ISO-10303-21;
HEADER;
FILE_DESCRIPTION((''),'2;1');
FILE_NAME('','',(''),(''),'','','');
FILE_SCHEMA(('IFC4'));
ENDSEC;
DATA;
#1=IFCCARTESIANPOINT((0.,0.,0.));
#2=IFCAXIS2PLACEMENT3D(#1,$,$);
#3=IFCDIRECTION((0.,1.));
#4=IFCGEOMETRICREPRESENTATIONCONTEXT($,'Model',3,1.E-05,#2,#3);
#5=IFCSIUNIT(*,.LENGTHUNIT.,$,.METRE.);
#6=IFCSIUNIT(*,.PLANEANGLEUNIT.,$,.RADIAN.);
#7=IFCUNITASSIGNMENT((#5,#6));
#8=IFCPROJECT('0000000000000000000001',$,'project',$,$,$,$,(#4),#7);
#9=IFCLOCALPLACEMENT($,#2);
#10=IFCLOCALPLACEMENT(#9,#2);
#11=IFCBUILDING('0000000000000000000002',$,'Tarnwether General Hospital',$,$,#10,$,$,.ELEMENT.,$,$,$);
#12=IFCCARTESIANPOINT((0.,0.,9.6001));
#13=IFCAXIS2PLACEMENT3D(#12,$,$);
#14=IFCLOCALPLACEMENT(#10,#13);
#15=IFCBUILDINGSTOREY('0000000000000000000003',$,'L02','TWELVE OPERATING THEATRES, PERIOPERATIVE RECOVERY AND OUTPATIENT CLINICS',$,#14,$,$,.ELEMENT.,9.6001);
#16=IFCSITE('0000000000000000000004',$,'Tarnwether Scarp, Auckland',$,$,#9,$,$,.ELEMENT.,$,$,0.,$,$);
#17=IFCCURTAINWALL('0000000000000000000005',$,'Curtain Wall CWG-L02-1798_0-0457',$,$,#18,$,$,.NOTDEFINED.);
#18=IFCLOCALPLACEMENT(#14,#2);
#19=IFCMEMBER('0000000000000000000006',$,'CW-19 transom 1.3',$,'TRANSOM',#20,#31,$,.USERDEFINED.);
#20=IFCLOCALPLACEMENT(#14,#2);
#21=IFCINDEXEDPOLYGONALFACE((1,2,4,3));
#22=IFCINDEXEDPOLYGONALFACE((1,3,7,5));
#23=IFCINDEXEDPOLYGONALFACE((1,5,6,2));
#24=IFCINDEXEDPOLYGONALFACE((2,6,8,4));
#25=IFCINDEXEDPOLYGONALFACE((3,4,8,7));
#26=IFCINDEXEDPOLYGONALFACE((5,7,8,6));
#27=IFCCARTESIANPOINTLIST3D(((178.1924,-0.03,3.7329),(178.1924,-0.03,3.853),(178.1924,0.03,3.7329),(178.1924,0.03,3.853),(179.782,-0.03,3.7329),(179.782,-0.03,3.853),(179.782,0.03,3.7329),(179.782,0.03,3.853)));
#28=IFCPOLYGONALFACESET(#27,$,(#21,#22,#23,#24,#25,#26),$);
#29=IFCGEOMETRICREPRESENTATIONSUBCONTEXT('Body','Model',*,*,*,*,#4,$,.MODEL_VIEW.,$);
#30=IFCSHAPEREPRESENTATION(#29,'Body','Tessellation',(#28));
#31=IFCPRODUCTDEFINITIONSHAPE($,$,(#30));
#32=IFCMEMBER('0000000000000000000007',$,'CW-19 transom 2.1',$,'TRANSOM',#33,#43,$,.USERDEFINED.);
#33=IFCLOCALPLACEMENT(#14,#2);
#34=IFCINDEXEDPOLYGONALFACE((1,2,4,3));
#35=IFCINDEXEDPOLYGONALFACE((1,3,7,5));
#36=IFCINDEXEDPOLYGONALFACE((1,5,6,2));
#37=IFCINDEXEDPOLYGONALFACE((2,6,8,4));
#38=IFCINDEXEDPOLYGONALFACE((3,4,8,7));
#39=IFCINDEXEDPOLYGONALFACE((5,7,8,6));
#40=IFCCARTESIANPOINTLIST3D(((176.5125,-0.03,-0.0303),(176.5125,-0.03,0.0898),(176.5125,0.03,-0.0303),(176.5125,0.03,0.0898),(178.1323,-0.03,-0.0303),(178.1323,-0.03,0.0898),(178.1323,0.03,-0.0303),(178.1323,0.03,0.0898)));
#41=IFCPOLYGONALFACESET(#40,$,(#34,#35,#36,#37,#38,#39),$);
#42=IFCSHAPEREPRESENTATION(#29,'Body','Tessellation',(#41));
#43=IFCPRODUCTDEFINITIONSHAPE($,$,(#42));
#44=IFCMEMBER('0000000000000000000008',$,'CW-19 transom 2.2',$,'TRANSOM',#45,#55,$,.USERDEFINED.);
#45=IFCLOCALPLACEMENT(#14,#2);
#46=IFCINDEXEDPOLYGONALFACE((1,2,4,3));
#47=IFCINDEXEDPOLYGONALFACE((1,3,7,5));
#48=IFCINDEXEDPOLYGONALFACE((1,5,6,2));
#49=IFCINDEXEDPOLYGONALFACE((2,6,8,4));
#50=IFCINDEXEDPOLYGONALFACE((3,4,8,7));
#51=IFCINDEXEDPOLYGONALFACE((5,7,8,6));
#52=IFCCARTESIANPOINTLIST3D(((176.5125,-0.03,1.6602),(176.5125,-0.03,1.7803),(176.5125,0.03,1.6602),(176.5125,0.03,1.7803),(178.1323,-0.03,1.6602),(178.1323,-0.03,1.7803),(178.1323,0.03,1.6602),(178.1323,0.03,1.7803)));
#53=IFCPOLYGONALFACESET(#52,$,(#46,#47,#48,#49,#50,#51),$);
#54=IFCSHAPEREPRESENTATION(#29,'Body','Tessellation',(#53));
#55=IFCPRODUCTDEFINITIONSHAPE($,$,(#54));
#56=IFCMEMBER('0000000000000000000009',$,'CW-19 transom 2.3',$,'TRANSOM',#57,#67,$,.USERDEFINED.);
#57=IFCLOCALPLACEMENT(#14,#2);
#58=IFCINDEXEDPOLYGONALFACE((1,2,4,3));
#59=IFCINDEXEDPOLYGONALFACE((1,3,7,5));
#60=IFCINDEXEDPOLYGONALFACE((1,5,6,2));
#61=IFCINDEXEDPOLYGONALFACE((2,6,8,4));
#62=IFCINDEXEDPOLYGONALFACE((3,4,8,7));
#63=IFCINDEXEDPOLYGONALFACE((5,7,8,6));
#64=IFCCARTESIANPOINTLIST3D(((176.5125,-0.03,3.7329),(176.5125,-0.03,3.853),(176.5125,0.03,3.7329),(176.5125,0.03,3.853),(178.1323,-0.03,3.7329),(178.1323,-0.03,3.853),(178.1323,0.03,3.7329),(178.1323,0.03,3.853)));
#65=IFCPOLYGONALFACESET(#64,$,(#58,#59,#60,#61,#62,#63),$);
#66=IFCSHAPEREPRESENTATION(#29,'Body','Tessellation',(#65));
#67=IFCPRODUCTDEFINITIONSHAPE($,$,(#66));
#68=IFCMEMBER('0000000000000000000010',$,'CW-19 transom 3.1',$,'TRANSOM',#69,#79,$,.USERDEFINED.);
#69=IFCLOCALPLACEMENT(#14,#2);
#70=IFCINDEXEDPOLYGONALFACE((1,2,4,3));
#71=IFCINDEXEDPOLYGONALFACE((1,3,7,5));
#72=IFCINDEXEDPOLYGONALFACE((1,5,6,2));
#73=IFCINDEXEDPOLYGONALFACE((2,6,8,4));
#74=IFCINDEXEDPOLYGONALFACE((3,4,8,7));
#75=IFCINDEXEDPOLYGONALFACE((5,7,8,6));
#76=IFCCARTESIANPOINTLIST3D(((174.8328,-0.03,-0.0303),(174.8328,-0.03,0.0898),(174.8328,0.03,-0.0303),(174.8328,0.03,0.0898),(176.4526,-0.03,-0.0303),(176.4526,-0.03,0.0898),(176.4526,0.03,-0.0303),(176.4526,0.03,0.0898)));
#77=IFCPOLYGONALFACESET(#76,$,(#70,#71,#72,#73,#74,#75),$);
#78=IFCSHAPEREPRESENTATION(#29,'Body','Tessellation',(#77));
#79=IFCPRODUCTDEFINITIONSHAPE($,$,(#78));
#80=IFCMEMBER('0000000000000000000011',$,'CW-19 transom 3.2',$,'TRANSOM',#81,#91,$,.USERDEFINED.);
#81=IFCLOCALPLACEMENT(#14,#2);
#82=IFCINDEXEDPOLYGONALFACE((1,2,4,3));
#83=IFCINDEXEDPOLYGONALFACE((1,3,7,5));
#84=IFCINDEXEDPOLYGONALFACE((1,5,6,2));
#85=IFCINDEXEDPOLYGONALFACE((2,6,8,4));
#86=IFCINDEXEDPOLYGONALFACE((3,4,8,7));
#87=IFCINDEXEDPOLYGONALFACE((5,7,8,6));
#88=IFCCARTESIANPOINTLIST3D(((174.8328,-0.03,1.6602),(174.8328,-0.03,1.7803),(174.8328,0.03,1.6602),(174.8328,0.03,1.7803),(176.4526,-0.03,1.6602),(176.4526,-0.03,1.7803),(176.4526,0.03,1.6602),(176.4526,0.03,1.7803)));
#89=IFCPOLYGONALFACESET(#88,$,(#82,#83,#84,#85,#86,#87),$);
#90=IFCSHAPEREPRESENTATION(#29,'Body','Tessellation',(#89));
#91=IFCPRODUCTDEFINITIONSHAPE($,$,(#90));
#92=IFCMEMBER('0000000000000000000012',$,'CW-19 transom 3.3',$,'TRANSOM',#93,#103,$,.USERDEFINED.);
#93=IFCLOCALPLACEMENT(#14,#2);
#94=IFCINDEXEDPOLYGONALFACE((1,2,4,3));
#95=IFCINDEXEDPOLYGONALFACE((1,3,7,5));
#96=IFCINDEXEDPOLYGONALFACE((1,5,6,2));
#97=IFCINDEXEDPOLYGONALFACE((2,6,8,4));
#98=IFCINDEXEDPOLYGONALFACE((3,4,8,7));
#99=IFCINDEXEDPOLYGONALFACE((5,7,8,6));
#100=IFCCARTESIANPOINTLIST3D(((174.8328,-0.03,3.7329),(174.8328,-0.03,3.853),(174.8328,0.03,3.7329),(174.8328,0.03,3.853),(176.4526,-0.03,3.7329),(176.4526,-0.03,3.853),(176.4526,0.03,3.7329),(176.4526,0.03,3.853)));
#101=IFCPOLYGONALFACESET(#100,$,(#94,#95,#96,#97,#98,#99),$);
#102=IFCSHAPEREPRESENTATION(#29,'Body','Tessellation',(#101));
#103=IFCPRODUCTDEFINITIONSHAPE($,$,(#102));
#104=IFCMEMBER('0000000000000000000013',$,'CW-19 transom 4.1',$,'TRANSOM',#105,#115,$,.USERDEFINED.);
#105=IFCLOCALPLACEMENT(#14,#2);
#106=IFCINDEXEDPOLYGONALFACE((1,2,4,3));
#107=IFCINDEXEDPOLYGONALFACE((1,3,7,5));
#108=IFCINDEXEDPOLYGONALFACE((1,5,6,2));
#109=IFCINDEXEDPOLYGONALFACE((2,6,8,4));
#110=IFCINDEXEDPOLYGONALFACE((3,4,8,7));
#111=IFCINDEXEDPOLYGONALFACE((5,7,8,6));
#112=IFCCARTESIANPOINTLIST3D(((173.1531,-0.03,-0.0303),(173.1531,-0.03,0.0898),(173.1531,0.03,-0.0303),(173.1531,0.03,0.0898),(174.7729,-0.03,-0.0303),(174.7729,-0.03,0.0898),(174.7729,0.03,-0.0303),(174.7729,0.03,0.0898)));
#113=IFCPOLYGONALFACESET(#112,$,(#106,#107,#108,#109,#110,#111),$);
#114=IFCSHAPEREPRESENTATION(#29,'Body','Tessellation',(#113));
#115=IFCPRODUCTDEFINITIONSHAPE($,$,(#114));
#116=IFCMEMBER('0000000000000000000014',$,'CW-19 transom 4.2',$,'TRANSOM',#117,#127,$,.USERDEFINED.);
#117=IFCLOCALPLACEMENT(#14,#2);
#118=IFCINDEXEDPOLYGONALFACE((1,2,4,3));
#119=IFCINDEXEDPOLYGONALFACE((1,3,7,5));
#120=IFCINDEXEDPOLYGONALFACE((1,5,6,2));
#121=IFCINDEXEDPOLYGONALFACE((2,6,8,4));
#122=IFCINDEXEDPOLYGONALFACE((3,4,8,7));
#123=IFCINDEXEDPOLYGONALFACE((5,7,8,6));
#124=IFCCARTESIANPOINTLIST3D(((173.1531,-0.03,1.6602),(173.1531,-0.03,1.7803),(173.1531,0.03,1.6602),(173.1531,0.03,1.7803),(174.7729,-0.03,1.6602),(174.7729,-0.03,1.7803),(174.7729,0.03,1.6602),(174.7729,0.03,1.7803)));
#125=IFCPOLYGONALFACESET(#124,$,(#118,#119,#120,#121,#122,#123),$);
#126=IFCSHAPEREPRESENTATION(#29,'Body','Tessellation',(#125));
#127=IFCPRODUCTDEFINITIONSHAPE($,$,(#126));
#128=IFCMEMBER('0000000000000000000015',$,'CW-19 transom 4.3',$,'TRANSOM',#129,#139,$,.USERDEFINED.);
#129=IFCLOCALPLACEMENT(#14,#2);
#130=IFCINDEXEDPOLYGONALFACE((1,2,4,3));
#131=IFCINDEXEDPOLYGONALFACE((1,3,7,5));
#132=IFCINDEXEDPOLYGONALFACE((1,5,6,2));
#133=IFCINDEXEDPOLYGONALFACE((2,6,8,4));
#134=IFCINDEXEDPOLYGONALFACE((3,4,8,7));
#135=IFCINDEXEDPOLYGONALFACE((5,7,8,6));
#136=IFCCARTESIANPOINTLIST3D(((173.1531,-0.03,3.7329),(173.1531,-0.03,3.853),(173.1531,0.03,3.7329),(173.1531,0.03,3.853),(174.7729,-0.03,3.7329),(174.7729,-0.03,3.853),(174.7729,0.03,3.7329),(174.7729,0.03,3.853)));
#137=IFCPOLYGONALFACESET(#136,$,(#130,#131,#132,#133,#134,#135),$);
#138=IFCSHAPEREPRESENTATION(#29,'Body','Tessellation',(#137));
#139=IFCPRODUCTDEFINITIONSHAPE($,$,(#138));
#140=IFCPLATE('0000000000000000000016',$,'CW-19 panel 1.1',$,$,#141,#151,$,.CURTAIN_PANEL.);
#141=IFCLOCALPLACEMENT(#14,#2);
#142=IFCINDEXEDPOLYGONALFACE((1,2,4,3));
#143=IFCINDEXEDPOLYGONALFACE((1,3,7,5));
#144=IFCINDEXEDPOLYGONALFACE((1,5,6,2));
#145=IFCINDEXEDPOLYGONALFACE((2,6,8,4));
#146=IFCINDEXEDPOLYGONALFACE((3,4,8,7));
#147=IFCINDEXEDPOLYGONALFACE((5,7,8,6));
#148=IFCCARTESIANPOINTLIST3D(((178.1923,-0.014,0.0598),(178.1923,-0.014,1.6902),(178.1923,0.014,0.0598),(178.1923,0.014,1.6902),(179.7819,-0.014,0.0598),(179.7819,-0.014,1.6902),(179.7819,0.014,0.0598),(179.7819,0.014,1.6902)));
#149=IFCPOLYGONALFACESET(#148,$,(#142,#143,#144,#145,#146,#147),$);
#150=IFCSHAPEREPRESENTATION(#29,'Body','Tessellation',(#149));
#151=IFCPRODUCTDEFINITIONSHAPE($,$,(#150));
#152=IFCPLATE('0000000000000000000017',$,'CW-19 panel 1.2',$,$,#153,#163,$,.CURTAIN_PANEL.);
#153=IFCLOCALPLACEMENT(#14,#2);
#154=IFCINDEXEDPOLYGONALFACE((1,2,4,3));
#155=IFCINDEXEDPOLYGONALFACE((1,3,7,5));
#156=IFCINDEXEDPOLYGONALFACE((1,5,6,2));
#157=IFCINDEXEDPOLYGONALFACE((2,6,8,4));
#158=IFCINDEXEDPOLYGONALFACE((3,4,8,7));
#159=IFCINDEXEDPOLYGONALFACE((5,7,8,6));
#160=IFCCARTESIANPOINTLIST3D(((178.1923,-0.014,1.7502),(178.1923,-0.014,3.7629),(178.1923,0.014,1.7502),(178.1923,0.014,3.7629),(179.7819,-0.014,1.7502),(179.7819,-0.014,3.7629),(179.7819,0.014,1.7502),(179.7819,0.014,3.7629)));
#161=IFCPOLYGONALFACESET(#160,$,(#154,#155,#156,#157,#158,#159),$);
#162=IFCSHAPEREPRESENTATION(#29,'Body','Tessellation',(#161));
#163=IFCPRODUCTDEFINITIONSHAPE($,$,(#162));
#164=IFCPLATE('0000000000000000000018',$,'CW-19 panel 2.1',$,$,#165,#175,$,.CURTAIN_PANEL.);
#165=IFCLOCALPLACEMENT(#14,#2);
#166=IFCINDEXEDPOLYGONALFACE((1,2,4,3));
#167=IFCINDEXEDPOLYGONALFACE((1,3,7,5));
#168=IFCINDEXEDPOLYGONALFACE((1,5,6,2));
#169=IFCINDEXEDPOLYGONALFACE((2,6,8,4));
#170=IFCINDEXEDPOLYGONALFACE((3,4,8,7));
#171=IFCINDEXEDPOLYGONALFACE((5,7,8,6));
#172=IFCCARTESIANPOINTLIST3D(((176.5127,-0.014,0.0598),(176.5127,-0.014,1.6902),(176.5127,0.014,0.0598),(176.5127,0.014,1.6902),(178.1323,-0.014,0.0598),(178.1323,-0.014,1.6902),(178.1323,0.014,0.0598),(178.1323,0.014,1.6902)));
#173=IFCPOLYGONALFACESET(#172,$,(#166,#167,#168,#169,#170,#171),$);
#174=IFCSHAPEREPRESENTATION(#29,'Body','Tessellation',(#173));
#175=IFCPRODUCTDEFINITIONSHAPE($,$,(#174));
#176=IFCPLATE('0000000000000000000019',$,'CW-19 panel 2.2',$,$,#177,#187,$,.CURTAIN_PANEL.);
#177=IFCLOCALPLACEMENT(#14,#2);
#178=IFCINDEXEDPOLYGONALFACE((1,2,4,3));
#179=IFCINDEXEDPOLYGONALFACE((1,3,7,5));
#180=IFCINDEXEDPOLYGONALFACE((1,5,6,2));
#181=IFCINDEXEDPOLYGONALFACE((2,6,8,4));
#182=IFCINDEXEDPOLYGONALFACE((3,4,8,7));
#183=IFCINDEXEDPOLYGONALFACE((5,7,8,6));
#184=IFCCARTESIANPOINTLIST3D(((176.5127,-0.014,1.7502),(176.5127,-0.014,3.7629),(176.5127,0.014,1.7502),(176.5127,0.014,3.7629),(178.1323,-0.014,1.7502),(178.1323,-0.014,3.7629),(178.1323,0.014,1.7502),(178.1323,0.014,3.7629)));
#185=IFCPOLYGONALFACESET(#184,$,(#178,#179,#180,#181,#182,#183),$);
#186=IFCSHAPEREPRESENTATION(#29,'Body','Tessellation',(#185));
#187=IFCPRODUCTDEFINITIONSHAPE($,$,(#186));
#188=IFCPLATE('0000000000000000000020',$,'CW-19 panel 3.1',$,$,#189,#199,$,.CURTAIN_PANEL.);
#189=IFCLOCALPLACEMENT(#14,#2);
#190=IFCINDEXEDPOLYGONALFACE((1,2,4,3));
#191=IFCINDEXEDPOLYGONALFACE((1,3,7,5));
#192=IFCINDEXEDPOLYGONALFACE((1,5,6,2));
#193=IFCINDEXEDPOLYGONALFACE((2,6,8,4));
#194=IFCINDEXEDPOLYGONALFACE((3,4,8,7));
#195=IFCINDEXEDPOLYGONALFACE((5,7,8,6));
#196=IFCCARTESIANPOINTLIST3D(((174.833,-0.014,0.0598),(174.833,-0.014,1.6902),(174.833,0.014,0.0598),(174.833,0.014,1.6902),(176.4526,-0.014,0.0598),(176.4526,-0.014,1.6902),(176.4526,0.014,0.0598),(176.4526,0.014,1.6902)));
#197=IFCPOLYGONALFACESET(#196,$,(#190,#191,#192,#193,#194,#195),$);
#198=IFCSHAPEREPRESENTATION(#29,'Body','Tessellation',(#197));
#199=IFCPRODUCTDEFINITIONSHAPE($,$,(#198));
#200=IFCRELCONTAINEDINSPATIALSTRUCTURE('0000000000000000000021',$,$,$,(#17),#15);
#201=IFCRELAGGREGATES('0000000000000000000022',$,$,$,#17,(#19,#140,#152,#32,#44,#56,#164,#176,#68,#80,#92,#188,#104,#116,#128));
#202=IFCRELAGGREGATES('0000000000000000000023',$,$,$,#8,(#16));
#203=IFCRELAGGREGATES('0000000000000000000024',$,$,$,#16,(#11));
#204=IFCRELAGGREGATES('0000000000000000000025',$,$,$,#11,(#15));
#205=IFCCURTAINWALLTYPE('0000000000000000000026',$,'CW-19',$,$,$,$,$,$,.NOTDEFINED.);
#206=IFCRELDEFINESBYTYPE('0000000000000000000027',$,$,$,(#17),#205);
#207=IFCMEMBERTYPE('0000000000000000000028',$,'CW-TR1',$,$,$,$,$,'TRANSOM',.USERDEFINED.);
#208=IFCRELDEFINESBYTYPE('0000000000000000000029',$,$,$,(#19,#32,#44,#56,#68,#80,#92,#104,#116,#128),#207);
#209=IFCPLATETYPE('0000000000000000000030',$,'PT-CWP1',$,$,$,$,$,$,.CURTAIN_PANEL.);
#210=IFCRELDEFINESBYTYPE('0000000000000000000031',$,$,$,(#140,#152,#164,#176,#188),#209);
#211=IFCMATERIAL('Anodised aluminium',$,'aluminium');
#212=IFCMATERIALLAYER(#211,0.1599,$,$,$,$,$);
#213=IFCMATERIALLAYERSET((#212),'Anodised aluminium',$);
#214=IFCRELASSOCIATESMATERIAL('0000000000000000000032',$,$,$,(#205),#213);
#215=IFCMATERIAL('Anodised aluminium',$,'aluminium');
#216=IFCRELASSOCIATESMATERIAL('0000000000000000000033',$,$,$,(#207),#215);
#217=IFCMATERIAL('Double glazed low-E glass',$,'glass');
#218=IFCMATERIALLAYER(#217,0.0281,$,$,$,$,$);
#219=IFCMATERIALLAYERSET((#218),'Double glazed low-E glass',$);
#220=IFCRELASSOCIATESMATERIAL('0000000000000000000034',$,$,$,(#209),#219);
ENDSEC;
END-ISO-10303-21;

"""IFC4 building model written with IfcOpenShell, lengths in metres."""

from ifc_helpers import new_model, si_unit, direction, frame, origin, origin_2d, place, context, subcontext, project, spatial, rectangle, extrude, material, layer, layer_set, material_profile, profile_set, type_object, element, aggregate, save


model = new_model("IFC4")

# Units and contexts
model_context = context("Model", 3, precision=1e-05, world=origin(), true_north=direction((0.0, 1.0)))
body_context = subcontext(model_context, "Body", "Model", "MODEL_VIEW")
ifc_project = project(units=[si_unit("LENGTHUNIT", "METRE"), si_unit("PLANEANGLEUNIT", "RADIAN")], contexts=[model_context])

# Site, building, storey
site_placement = place(None, origin())
site = spatial("IfcSite", under=ifc_project, at=site_placement, Name="Tarnwether Scarp, Auckland", CompositionType="ELEMENT", RefElevation=0.0)
building_placement = place(site_placement, origin())
building = spatial("IfcBuilding", under=site, at=building_placement, Name="Tarnwether General Hospital", CompositionType="ELEMENT")
storey_placement = place(building_placement, frame((0.0, 0.0, 9.6001)))
storey = spatial("IfcBuildingStorey", under=building, at=storey_placement, Name="L02", Description="TWELVE OPERATING THEATRES, PERIOPERATIVE RECOVERY AND OUTPATIENT CLINICS", CompositionType="ELEMENT", Elevation=9.6001)

# Shared definitions
ifc_material_1 = material(Name="Anodised aluminium", Category="aluminium")
ifc_layer_1 = layer(ifc_material_1, 0.1599)
ifc_layer_set_1 = layer_set([ifc_layer_1], Name="Anodised aluminium")
curtain_wall_type = type_object("IfcCurtainWallType", Name="CW-19", PredefinedType="NOTDEFINED", material=ifc_layer_set_1)

# Curtain wall, members, plates
curtain_wall_1_placement = place(storey_placement, origin())
curtain_wall_1 = element("IfcCurtainWall", 1, at=curtain_wall_1_placement, inside=storey, type_object=curtain_wall_type, Name="Curtain Wall CWG-L02-1798_0-0457", PredefinedType="NOTDEFINED")
ifc_material_2 = material(Name="Anodised aluminium", Category="aluminium")
ifc_material_profile_1 = material_profile(ifc_material_2, rectangle(XDim=0.0601, YDim=0.1201, at=origin_2d()), Name="ALU-TRN-60x120")
ifc_profile_set_1 = profile_set([ifc_material_profile_1], Name="Anodised aluminium")
member_type_1 = type_object("IfcMemberType", Name="CW-TR1", ElementType="TRANSOM", PredefinedType="USERDEFINED", material=ifc_profile_set_1)
member_1_placement = place(storey_placement, frame((179.782, 0.0, 3.793), z_axis=(-1.0, 0.0, 0.0), x_axis=(0.0, -1.0, 0.0)))
member_1 = element("IfcMember", 2, at=member_1_placement, type_object=member_type_1, Name="CW-19 transom 1.3", ObjectType="TRANSOM", PredefinedType="USERDEFINED", context=body_context, shape_type="SweptSolid", body=[
    extrude(rectangle(XDim=0.0601, YDim=0.1201, at=origin_2d()), origin(), (0.0, 0.0, 1.0), 1.5896),
])
member_2_placement = place(storey_placement, frame((178.1323, 0.0, 0.0298), z_axis=(-1.0, 0.0, 0.0), x_axis=(0.0, -1.0, 0.0)))
member_2 = element("IfcMember", 3, at=member_2_placement, type_object=member_type_1, Name="CW-19 transom 2.1", ObjectType="TRANSOM", PredefinedType="USERDEFINED", context=body_context, shape_type="SweptSolid", body=[
    extrude(rectangle(XDim=0.0601, YDim=0.1201, at=origin_2d()), origin(), (0.0, 0.0, 1.0), 1.6199),
])
member_3_placement = place(storey_placement, frame((178.1323, 0.0, 1.7202), z_axis=(-1.0, 0.0, 0.0), x_axis=(0.0, -1.0, 0.0)))
member_3 = element("IfcMember", 4, at=member_3_placement, type_object=member_type_1, Name="CW-19 transom 2.2", ObjectType="TRANSOM", PredefinedType="USERDEFINED", context=body_context, shape_type="SweptSolid", body=[
    extrude(rectangle(XDim=0.0601, YDim=0.1201, at=origin_2d()), origin(), (0.0, 0.0, 1.0), 1.6199),
])
member_4_placement = place(storey_placement, frame((178.1323, 0.0, 3.793), z_axis=(-1.0, 0.0, 0.0), x_axis=(0.0, -1.0, 0.0)))
member_4 = element("IfcMember", 5, at=member_4_placement, type_object=member_type_1, Name="CW-19 transom 2.3", ObjectType="TRANSOM", PredefinedType="USERDEFINED", context=body_context, shape_type="SweptSolid", body=[
    extrude(rectangle(XDim=0.0601, YDim=0.1201, at=origin_2d()), origin(), (0.0, 0.0, 1.0), 1.6199),
])
member_5_placement = place(storey_placement, frame((176.4526, 0.0, 0.0298), z_axis=(-1.0, 0.0, 0.0), x_axis=(0.0, -1.0, 0.0)))
member_5 = element("IfcMember", 6, at=member_5_placement, type_object=member_type_1, Name="CW-19 transom 3.1", ObjectType="TRANSOM", PredefinedType="USERDEFINED", context=body_context, shape_type="SweptSolid", body=[
    extrude(rectangle(XDim=0.0601, YDim=0.1201, at=origin_2d()), origin(), (0.0, 0.0, 1.0), 1.6199),
])
member_6_placement = place(storey_placement, frame((176.4526, 0.0, 1.7202), z_axis=(-1.0, 0.0, 0.0), x_axis=(0.0, -1.0, 0.0)))
member_6 = element("IfcMember", 7, at=member_6_placement, type_object=member_type_1, Name="CW-19 transom 3.2", ObjectType="TRANSOM", PredefinedType="USERDEFINED", context=body_context, shape_type="SweptSolid", body=[
    extrude(rectangle(XDim=0.0601, YDim=0.1201, at=origin_2d()), origin(), (0.0, 0.0, 1.0), 1.6199),
])
member_7_placement = place(storey_placement, frame((176.4526, 0.0, 3.793), z_axis=(-1.0, 0.0, 0.0), x_axis=(0.0, -1.0, 0.0)))
member_7 = element("IfcMember", 8, at=member_7_placement, type_object=member_type_1, Name="CW-19 transom 3.3", ObjectType="TRANSOM", PredefinedType="USERDEFINED", context=body_context, shape_type="SweptSolid", body=[
    extrude(rectangle(XDim=0.0601, YDim=0.1201, at=origin_2d()), origin(), (0.0, 0.0, 1.0), 1.6199),
])
member_8_placement = place(storey_placement, frame((174.7729, 0.0, 0.0298), z_axis=(-1.0, 0.0, 0.0), x_axis=(0.0, -1.0, 0.0)))
member_8 = element("IfcMember", 9, at=member_8_placement, type_object=member_type_1, Name="CW-19 transom 4.1", ObjectType="TRANSOM", PredefinedType="USERDEFINED", context=body_context, shape_type="SweptSolid", body=[
    extrude(rectangle(XDim=0.0601, YDim=0.1201, at=origin_2d()), origin(), (0.0, 0.0, 1.0), 1.6199),
])
member_9_placement = place(storey_placement, frame((174.7729, 0.0, 1.7202), z_axis=(-1.0, 0.0, 0.0), x_axis=(0.0, -1.0, 0.0)))
member_9 = element("IfcMember", 10, at=member_9_placement, type_object=member_type_1, Name="CW-19 transom 4.2", ObjectType="TRANSOM", PredefinedType="USERDEFINED", context=body_context, shape_type="SweptSolid", body=[
    extrude(rectangle(XDim=0.0601, YDim=0.1201, at=origin_2d()), origin(), (0.0, 0.0, 1.0), 1.6199),
])
member_10_placement = place(storey_placement, frame((174.7729, 0.0, 3.793), z_axis=(-1.0, 0.0, 0.0), x_axis=(0.0, -1.0, 0.0)))
member_10 = element("IfcMember", 11, at=member_10_placement, type_object=member_type_1, Name="CW-19 transom 4.3", ObjectType="TRANSOM", PredefinedType="USERDEFINED", context=body_context, shape_type="SweptSolid", body=[
    extrude(rectangle(XDim=0.0601, YDim=0.1201, at=origin_2d()), origin(), (0.0, 0.0, 1.0), 1.6199),
])
ifc_material_3 = material(Name="Double glazed low-E glass", Category="glass")
ifc_layer_2 = layer(ifc_material_3, 0.0281)
ifc_layer_set_2 = layer_set([ifc_layer_2], Name="Double glazed low-E glass")
plate_type_1 = type_object("IfcPlateType", Name="PT-CWP1", PredefinedType="CURTAIN_PANEL", material=ifc_layer_set_2)
plate_1_placement = place(storey_placement, frame((178.9871, 0.0, 0.0598), z_axis=(0.0, 0.0, 1.0), x_axis=(-1.0, 0.0, 0.0)))
plate_1 = element("IfcPlate", 12, at=plate_1_placement, type_object=plate_type_1, Name="CW-19 panel 1.1", PredefinedType="CURTAIN_PANEL", context=body_context, shape_type="SweptSolid", body=[
    extrude(rectangle(XDim=1.5896, YDim=0.0281, at=origin_2d()), origin(), (0.0, 0.0, 1.0), 1.6304),
])
plate_2_placement = place(storey_placement, frame((178.9871, 0.0, 1.7502), z_axis=(0.0, 0.0, 1.0), x_axis=(-1.0, 0.0, 0.0)))
plate_2 = element("IfcPlate", 13, at=plate_2_placement, type_object=plate_type_1, Name="CW-19 panel 1.2", PredefinedType="CURTAIN_PANEL", context=body_context, shape_type="SweptSolid", body=[
    extrude(rectangle(XDim=1.5896, YDim=0.0281, at=origin_2d()), origin(), (0.0, 0.0, 1.0), 2.0127),
])
plate_3_placement = place(storey_placement, frame((177.3225, 0.0, 0.0598), z_axis=(0.0, 0.0, 1.0), x_axis=(-1.0, 0.0, 0.0)))
plate_3 = element("IfcPlate", 14, at=plate_3_placement, type_object=plate_type_1, Name="CW-19 panel 2.1", PredefinedType="CURTAIN_PANEL", context=body_context, shape_type="SweptSolid", body=[
    extrude(rectangle(XDim=1.6196, YDim=0.0281, at=origin_2d()), origin(), (0.0, 0.0, 1.0), 1.6304),
])
plate_4_placement = place(storey_placement, frame((177.3225, 0.0, 1.7502), z_axis=(0.0, 0.0, 1.0), x_axis=(-1.0, 0.0, 0.0)))
plate_4 = element("IfcPlate", 15, at=plate_4_placement, type_object=plate_type_1, Name="CW-19 panel 2.2", PredefinedType="CURTAIN_PANEL", context=body_context, shape_type="SweptSolid", body=[
    extrude(rectangle(XDim=1.6196, YDim=0.0281, at=origin_2d()), origin(), (0.0, 0.0, 1.0), 2.0127),
])
plate_5_placement = place(storey_placement, frame((175.6428, 0.0, 0.0598), z_axis=(0.0, 0.0, 1.0), x_axis=(-1.0, 0.0, 0.0)))
plate_5 = element("IfcPlate", 16, at=plate_5_placement, type_object=plate_type_1, Name="CW-19 panel 3.1", PredefinedType="CURTAIN_PANEL", context=body_context, shape_type="SweptSolid", body=[
    extrude(rectangle(XDim=1.6196, YDim=0.0281, at=origin_2d()), origin(), (0.0, 0.0, 1.0), 1.6304),
])
aggregate(curtain_wall_1, [member_1, plate_1, plate_2, member_2, member_3, member_4, plate_3, plate_4, member_5, member_6, member_7, plate_5, member_8, member_9, member_10])

save(model, "model.ifc")
